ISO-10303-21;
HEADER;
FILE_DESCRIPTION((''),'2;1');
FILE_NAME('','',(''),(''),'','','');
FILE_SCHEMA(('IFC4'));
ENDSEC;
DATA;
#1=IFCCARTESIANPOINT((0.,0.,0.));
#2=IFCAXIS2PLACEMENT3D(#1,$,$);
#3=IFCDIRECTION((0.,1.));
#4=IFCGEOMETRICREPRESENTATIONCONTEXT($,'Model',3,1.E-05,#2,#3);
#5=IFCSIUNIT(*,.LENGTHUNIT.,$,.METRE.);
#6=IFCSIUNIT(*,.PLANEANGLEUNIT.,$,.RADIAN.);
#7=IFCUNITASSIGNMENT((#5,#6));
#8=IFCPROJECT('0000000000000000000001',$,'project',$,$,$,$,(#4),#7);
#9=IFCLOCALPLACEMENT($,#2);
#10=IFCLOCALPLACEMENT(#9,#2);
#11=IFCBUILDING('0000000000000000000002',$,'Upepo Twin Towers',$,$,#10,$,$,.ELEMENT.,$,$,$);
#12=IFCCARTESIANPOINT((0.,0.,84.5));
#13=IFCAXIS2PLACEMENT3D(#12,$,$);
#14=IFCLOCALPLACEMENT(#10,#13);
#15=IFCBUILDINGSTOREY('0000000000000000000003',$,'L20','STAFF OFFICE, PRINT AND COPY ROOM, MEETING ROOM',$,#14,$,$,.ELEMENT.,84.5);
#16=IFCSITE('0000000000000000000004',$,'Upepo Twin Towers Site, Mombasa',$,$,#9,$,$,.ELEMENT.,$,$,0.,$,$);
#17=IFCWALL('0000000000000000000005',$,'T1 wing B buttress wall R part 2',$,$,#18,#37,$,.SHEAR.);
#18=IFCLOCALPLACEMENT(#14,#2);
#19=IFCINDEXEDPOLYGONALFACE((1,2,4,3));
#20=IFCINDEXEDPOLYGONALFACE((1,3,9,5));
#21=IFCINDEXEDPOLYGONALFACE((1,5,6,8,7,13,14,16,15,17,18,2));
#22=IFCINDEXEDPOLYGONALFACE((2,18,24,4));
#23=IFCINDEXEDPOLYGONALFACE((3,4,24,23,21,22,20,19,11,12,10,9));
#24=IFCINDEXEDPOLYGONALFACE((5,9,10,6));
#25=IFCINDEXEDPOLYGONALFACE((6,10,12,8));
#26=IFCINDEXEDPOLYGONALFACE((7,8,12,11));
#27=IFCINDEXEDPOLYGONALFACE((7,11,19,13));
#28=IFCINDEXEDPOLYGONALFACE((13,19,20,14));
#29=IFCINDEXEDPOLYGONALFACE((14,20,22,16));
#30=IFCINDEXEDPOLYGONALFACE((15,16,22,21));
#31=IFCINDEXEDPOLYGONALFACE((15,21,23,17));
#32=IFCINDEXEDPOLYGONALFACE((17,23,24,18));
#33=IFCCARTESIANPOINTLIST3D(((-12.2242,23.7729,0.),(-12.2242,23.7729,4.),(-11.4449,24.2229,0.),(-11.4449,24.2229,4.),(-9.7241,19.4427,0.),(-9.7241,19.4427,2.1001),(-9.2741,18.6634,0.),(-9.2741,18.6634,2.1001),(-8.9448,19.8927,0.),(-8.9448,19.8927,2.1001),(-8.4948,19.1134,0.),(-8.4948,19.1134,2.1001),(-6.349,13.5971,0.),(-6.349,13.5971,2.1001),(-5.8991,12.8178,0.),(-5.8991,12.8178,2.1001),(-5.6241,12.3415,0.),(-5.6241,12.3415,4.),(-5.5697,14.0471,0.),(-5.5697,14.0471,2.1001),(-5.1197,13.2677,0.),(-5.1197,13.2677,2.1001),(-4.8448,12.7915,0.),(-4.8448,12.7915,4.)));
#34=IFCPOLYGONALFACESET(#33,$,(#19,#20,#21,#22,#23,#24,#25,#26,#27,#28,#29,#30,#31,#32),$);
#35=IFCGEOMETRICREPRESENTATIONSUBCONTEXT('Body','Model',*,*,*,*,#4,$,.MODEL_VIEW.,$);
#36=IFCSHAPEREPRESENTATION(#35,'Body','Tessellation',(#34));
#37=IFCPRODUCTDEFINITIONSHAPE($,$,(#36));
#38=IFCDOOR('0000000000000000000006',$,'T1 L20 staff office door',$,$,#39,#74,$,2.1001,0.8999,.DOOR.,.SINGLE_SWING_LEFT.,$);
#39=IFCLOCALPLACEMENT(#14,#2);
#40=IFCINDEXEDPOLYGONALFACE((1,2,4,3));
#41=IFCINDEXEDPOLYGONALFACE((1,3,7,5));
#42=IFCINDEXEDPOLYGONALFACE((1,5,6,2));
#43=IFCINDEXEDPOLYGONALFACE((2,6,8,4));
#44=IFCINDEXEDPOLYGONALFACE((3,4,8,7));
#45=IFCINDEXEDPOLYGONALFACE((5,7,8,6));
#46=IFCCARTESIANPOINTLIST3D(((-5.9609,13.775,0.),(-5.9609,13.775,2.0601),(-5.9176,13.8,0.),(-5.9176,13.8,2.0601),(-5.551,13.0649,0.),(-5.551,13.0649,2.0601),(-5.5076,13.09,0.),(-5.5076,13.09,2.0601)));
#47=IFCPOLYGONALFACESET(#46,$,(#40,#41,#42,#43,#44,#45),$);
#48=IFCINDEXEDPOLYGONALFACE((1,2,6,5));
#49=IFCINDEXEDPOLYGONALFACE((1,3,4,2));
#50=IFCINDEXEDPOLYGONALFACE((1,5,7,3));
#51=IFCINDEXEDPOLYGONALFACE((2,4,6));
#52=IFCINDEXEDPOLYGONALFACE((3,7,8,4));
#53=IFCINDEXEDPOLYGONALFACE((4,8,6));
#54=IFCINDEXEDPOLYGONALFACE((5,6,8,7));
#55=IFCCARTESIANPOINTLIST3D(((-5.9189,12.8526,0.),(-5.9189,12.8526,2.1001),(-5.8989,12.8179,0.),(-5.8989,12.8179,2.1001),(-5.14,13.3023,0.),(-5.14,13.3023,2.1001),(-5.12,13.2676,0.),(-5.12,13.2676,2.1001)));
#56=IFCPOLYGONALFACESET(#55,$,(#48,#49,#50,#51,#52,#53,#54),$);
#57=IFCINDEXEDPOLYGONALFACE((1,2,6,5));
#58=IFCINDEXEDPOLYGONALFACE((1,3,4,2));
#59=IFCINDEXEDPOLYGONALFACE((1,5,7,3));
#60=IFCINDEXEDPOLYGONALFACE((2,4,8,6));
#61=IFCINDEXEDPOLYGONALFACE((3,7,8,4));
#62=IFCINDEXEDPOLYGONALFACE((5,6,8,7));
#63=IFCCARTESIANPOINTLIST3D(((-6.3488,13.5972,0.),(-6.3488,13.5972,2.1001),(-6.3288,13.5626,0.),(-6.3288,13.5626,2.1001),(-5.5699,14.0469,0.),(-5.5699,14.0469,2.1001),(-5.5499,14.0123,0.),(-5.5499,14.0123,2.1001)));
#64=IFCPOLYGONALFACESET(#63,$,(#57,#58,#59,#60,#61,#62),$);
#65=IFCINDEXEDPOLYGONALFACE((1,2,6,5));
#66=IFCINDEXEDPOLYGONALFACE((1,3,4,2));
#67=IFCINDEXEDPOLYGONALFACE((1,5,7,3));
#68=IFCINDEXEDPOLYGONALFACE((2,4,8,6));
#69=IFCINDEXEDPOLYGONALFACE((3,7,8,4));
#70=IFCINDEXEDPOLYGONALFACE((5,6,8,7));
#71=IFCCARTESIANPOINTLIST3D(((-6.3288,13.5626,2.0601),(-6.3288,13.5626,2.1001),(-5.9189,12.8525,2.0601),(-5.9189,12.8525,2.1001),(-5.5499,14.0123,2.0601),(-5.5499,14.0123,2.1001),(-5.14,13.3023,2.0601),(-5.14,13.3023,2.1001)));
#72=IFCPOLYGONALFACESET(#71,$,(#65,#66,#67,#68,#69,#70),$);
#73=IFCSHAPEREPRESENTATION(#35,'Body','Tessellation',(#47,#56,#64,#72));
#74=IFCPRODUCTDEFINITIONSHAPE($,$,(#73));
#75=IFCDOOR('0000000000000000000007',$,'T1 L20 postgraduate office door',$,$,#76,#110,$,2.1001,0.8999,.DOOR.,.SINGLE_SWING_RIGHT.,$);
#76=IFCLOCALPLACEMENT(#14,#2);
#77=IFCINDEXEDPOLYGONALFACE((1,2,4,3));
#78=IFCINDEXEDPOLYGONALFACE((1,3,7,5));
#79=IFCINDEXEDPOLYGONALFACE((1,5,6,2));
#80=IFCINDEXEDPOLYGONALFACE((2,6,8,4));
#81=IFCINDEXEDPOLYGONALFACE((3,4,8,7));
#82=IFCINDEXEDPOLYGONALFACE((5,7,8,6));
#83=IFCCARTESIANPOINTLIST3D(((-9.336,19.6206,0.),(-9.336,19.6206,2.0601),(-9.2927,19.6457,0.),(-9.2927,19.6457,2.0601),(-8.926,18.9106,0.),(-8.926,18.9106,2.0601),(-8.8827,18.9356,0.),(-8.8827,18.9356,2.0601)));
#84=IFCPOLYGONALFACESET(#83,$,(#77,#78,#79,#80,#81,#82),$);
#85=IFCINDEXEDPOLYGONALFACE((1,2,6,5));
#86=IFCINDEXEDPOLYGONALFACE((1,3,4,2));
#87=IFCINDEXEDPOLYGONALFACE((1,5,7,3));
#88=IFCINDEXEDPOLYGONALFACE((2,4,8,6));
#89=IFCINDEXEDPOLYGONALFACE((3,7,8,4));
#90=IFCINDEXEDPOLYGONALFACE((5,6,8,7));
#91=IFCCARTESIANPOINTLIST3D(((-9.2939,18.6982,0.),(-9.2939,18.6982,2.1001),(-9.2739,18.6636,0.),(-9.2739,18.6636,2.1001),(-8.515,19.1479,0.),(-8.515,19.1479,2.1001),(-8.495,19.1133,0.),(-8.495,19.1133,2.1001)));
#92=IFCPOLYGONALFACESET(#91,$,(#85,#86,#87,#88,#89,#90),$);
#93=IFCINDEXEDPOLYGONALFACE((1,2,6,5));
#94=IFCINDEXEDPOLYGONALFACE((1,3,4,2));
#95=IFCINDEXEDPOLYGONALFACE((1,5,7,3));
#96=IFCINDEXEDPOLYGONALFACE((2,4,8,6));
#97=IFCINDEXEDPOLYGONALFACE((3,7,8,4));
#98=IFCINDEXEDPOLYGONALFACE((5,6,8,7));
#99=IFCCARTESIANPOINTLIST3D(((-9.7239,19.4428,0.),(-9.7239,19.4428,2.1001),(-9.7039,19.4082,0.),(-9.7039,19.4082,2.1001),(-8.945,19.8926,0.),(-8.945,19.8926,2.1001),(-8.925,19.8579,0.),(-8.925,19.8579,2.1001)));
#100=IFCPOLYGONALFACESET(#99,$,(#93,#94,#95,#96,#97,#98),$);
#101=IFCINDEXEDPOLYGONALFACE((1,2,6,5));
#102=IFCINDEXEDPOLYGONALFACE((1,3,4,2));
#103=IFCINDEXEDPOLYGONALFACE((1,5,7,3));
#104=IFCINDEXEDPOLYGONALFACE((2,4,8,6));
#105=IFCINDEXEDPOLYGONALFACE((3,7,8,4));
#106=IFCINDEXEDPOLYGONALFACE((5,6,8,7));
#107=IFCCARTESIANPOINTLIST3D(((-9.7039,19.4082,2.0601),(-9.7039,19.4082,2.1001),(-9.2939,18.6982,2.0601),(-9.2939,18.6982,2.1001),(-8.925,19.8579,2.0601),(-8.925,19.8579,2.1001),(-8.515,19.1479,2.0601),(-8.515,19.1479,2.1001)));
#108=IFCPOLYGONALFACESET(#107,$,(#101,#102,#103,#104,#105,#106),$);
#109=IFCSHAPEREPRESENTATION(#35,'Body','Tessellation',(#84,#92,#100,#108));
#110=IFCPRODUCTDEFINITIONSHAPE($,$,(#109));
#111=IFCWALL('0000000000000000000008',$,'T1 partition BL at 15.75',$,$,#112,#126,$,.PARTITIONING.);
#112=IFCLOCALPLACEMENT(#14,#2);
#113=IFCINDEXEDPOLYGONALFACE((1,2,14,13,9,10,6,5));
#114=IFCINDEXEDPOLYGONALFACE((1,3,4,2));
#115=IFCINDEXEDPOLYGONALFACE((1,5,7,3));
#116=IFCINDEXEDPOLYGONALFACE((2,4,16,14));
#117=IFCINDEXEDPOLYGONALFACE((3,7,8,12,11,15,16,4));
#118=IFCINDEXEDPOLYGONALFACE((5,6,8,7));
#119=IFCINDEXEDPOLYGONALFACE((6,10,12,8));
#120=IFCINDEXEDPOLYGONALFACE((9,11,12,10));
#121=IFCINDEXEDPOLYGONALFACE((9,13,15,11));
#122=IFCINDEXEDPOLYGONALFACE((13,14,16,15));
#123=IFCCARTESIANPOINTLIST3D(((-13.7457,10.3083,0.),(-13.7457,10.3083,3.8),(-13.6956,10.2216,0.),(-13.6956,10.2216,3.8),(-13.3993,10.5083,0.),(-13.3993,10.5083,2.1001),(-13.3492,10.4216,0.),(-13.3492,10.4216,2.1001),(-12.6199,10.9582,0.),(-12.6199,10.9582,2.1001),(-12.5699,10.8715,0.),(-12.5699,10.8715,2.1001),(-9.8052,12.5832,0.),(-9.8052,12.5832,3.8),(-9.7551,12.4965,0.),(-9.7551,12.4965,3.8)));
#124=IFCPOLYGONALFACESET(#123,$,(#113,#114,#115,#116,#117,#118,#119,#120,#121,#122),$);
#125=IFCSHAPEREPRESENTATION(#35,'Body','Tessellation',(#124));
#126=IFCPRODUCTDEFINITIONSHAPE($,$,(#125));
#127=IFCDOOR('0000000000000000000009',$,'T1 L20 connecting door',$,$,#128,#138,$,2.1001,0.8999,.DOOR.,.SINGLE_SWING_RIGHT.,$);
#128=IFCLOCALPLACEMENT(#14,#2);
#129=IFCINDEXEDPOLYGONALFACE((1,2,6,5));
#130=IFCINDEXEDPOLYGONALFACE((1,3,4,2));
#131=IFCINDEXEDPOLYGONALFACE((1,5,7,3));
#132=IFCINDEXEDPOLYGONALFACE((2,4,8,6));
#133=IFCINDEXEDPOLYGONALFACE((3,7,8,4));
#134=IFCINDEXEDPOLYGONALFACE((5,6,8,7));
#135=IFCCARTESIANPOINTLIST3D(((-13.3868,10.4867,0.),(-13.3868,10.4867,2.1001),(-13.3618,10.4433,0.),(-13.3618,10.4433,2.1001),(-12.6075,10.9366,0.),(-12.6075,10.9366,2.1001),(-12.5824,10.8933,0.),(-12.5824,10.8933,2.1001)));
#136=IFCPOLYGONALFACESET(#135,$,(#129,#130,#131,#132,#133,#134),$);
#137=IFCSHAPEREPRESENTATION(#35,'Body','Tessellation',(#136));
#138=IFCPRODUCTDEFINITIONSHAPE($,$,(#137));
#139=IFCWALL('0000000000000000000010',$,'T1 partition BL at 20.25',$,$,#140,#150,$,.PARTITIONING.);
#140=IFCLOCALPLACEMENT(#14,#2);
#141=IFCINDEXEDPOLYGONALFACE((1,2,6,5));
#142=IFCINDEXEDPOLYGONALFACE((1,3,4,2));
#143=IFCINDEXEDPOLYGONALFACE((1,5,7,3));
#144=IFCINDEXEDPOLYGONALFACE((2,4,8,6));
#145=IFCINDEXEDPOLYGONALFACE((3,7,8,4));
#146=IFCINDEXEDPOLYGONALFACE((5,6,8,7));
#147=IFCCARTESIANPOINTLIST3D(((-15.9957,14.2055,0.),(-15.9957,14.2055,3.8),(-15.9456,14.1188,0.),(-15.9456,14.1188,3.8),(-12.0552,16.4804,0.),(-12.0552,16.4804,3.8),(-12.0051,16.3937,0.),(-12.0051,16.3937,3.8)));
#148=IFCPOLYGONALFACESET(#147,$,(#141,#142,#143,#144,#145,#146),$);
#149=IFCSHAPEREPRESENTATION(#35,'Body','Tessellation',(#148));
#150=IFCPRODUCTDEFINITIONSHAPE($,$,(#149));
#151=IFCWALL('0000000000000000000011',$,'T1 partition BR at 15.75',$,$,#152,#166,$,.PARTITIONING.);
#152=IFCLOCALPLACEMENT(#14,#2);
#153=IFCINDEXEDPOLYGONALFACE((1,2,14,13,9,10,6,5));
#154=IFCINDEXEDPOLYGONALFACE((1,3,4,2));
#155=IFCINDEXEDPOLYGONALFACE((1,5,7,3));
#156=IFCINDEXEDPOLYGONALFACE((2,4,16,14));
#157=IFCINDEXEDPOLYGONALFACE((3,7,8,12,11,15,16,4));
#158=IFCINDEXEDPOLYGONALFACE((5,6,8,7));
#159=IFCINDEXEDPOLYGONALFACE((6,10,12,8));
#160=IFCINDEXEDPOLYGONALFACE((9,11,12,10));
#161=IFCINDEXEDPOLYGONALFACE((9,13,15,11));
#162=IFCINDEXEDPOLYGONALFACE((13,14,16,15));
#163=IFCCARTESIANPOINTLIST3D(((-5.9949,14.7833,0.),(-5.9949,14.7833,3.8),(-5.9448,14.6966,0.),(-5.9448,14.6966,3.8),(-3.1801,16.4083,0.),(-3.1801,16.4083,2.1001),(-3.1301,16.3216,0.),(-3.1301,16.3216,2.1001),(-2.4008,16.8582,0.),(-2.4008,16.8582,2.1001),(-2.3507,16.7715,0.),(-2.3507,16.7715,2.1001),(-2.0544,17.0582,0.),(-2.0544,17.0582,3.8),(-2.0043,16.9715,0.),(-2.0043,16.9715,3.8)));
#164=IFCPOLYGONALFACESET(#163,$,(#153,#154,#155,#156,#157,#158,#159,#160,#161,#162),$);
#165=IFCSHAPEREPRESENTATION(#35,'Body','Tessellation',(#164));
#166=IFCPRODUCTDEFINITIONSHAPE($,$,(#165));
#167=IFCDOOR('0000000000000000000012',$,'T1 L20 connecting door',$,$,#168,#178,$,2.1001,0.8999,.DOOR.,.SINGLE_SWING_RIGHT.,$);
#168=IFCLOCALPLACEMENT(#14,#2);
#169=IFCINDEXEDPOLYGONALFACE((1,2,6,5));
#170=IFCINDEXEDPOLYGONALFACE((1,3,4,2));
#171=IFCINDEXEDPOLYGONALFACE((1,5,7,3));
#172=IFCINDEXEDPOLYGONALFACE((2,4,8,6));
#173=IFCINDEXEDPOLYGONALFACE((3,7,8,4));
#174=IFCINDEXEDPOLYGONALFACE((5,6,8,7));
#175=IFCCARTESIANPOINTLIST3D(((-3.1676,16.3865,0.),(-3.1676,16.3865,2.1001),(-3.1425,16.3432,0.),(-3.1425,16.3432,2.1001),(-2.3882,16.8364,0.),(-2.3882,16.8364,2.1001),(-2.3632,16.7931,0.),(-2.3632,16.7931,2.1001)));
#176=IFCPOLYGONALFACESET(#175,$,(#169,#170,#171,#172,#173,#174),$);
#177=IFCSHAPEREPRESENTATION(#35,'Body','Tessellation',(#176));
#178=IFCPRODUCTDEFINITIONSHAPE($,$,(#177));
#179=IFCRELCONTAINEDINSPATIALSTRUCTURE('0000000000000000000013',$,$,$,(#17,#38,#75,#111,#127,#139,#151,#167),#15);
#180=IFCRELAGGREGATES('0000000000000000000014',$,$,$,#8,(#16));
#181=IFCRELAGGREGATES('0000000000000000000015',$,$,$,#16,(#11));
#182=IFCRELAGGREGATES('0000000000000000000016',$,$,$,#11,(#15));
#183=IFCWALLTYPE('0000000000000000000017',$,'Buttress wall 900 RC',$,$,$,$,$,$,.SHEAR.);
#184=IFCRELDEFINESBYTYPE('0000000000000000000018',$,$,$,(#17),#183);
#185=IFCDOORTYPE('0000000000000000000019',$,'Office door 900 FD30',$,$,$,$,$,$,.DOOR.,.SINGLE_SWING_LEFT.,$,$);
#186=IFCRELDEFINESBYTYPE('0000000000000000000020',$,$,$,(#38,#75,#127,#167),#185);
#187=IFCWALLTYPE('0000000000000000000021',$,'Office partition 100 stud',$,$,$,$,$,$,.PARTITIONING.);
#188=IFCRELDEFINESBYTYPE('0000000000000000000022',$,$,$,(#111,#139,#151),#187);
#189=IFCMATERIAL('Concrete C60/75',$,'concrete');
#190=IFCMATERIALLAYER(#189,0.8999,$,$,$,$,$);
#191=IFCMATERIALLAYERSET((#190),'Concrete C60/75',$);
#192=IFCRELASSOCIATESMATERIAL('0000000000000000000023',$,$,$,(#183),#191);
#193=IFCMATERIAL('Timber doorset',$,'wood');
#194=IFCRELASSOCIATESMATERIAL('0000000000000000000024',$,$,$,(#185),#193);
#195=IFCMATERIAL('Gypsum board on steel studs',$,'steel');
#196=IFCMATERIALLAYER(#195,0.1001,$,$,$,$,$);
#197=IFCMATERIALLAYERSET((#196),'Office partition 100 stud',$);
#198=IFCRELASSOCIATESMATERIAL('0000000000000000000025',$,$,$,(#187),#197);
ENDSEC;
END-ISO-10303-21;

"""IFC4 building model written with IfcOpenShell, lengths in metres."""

from ifc_helpers import new_model, si_unit, direction, frame, frame_2d, origin, place, context, subcontext, project, spatial, rectangle, extrude, material, layer, layer_set, type_object, element, fill, save


model = new_model("IFC4")

# Units and contexts
model_context = context("Model", 3, precision=1e-05, world=origin(), true_north=direction((0.0, 1.0)))
body_context = subcontext(model_context, "Body", "Model", "MODEL_VIEW")
ifc_project = project(units=[si_unit("LENGTHUNIT", "METRE"), si_unit("PLANEANGLEUNIT", "RADIAN")], contexts=[model_context])

# Site, building, storey
site_placement = place(None, origin())
site = spatial("IfcSite", under=ifc_project, at=site_placement, Name="Upepo Twin Towers Site, Mombasa", CompositionType="ELEMENT", RefElevation=0.0)
building_placement = place(site_placement, origin())
building = spatial("IfcBuilding", under=site, at=building_placement, Name="Upepo Twin Towers", CompositionType="ELEMENT")
storey_placement = place(building_placement, frame((0.0, 0.0, 84.5)))
storey = spatial("IfcBuildingStorey", under=building, at=storey_placement, Name="L20", Description="STAFF OFFICE, PRINT AND COPY ROOM, MEETING ROOM", CompositionType="ELEMENT", Elevation=84.5)

# Wall, openings, doors
ifc_material_1 = material(Name="Concrete C60/75", Category="concrete")
ifc_layer_1 = layer(ifc_material_1, 0.8999)
ifc_layer_set_1 = layer_set([ifc_layer_1], Name="Concrete C60/75")
wall_type_1 = type_object("IfcWallType", Name="Buttress wall 900 RC", PredefinedType="SHEAR", material=ifc_layer_set_1)
ifc_material_2 = material(Name="Timber doorset", Category="wood")
door_type = type_object("IfcDoorType", Name="Office door 900 FD30", OperationType="SINGLE_SWING_LEFT", PredefinedType="DOOR", material=ifc_material_2)
wall_1_placement = place(storey_placement, frame((-5.2344, 12.5664, 0.0), z_axis=(0.0, 0.0, 1.0), x_axis=(-0.50001, 0.86602, 0.0)))
wall_1 = element("IfcWall", 1, at=wall_1_placement, inside=storey, type_object=wall_type_1, Name="T1 wing B buttress wall R part 2", PredefinedType="SHEAR", context=body_context, shape_type="SweptSolid", body=[
    extrude(rectangle(XDim=13.2, YDim=0.8999, at=frame_2d((6.6001, 0.0))), origin(), (0.0, 0.0, 1.0), 4.0),
])
opening_1_placement = place(wall_1_placement, frame((0.55, 0.0, 0.0)))
opening_1 = element("IfcOpeningElement", 2, at=opening_1_placement, cuts=wall_1, PredefinedType="OPENING", context=body_context, shape_type="SweptSolid", body=[
    extrude(rectangle(XDim=0.8999, YDim=2.1001, at=frame_2d((0.45, 1.05))), frame((0.0, 0.46, 0.0), z_axis=(0.0, -1.0, 0.0), x_axis=(1.0, 0.0, 0.0)), (0.0, 0.0, 1.0), 0.9199),
])
opening_2_placement = place(wall_1_placement, frame((7.3, 0.0, 0.0)))
opening_2 = element("IfcOpeningElement", 3, at=opening_2_placement, cuts=wall_1, PredefinedType="OPENING", context=body_context, shape_type="SweptSolid", body=[
    extrude(rectangle(XDim=0.8999, YDim=2.1001, at=frame_2d((0.45, 1.05))), frame((0.0, 0.46, 0.0), z_axis=(0.0, -1.0, 0.0), x_axis=(1.0, 0.0, 0.0)), (0.0, 0.0, 1.0), 0.9199),
])
door_1_placement = place(opening_1_placement, origin())
door_1 = element("IfcDoor", 4, at=door_1_placement, inside=storey, type_object=door_type, Name="T1 L20 staff office door", OperationType="SINGLE_SWING_LEFT", OverallHeight=2.1001, OverallWidth=0.8999, PredefinedType="DOOR", context=body_context, shape_type="SweptSolid", body=[
    extrude(rectangle(XDim=0.8199, YDim=2.0601, at=frame_2d((0.45, 1.03))), frame((0.0, 0.0249, 0.0), z_axis=(0.0, -1.0, 0.0), x_axis=(1.0, 0.0, 0.0)), (0.0, 0.0, 1.0), 0.05),
    extrude(rectangle(XDim=0.04, YDim=2.1001, at=frame_2d((0.02, 1.05))), frame((0.0, 0.4497, 0.0), z_axis=(0.0, -1.0, 0.0), x_axis=(1.0, 0.0, 0.0)), (0.0, 0.0, 1.0), 0.8994),
    extrude(rectangle(XDim=0.04, YDim=2.1001, at=frame_2d((0.8799, 1.05))), frame((0.0, 0.4497, 0.0), z_axis=(0.0, -1.0, 0.0), x_axis=(1.0, 0.0, 0.0)), (0.0, 0.0, 1.0), 0.8994),
    extrude(rectangle(XDim=0.8199, YDim=0.04, at=frame_2d((0.45, 2.0801))), frame((0.0, 0.4497, 0.0), z_axis=(0.0, -1.0, 0.0), x_axis=(1.0, 0.0, 0.0)), (0.0, 0.0, 1.0), 0.8994),
])
fill(opening_1, door_1)
door_2_placement = place(opening_2_placement, origin())
door_2 = element("IfcDoor", 5, at=door_2_placement, inside=storey, type_object=door_type, Name="T1 L20 postgraduate office door", OperationType="SINGLE_SWING_RIGHT", OverallHeight=2.1001, OverallWidth=0.8999, PredefinedType="DOOR", context=body_context, shape_type="SweptSolid", body=[
    extrude(rectangle(XDim=0.8199, YDim=2.0601, at=frame_2d((0.45, 1.03))), frame((0.0, 0.0249, 0.0), z_axis=(0.0, -1.0, 0.0), x_axis=(1.0, 0.0, 0.0)), (0.0, 0.0, 1.0), 0.05),
    extrude(rectangle(XDim=0.04, YDim=2.1001, at=frame_2d((0.02, 1.05))), frame((0.0, 0.4497, 0.0), z_axis=(0.0, -1.0, 0.0), x_axis=(1.0, 0.0, 0.0)), (0.0, 0.0, 1.0), 0.8994),
    extrude(rectangle(XDim=0.04, YDim=2.1001, at=frame_2d((0.8799, 1.05))), frame((0.0, 0.4497, 0.0), z_axis=(0.0, -1.0, 0.0), x_axis=(1.0, 0.0, 0.0)), (0.0, 0.0, 1.0), 0.8994),
    extrude(rectangle(XDim=0.8199, YDim=0.04, at=frame_2d((0.45, 2.0801))), frame((0.0, 0.4497, 0.0), z_axis=(0.0, -1.0, 0.0), x_axis=(1.0, 0.0, 0.0)), (0.0, 0.0, 1.0), 0.8994),
])
fill(opening_2, door_2)

# Wall, opening, door
ifc_material_3 = material(Name="Gypsum board on steel studs", Category="steel")
ifc_layer_2 = layer(ifc_material_3, 0.1001)
ifc_layer_set_2 = layer_set([ifc_layer_2], Name="Office partition 100 stud")
wall_type_2 = type_object("IfcWallType", Name="Office partition 100 stud", PredefinedType="PARTITIONING", material=ifc_layer_set_2)
wall_2_placement = place(storey_placement, frame((-9.7803, 12.5398, 0.0), z_axis=(0.0, 0.0, 1.0), x_axis=(-0.866035, -0.499983, 0.0)))
wall_2 = element("IfcWall", 6, at=wall_2_placement, inside=storey, type_object=wall_type_2, Name="T1 partition BL at 15.75", PredefinedType="PARTITIONING", context=body_context, shape_type="SweptSolid", body=[
    extrude(rectangle(XDim=4.55, YDim=0.1001, at=frame_2d((2.2749, 0.0))), origin(), (0.0, 0.0, 1.0), 3.8),
])
opening_3_placement = place(wall_2_placement, frame((3.25, 0.0, 0.0)))
opening_3 = element("IfcOpeningElement", 7, at=opening_3_placement, cuts=wall_2, PredefinedType="OPENING", context=body_context, shape_type="SweptSolid", body=[
    extrude(rectangle(XDim=0.8999, YDim=2.1001, at=frame_2d((0.45, 1.05))), frame((0.0, 0.0601, 0.0), z_axis=(0.0, -1.0, 0.0), x_axis=(1.0, 0.0, 0.0)), (0.0, 0.0, 1.0), 0.1201),
])
door_3_placement = place(opening_3_placement, origin())
door_3 = element("IfcDoor", 8, at=door_3_placement, inside=storey, type_object=door_type, Name="T1 L20 connecting door", OperationType="SINGLE_SWING_RIGHT", OverallHeight=2.1001, OverallWidth=0.8999, PredefinedType="DOOR", context=body_context, shape_type="SweptSolid", body=[
    extrude(rectangle(XDim=0.8999, YDim=2.1001, at=frame_2d((0.45, 1.05))), frame((0.0, 0.0249, 0.0), z_axis=(0.0, -1.0, 0.0), x_axis=(1.0, 0.0, 0.0)), (0.0, 0.0, 1.0), 0.05),
])
fill(opening_3, door_3)

# Wall
wall_3_placement = place(storey_placement, frame((-12.0303, 16.437, 0.0), z_axis=(0.0, 0.0, 1.0), x_axis=(-0.866035, -0.499983, 0.0)))
element("IfcWall", 9, at=wall_3_placement, inside=storey, type_object=wall_type_2, Name="T1 partition BL at 20.25", PredefinedType="PARTITIONING", context=body_context, shape_type="SweptSolid", body=[
    extrude(rectangle(XDim=4.55, YDim=0.1001, at=frame_2d((2.2749, 0.0))), origin(), (0.0, 0.0, 1.0), 3.8),
])

# Wall, opening, door
wall_4_placement = place(storey_placement, frame((-5.9697, 14.74, 0.0), z_axis=(0.0, 0.0, 1.0), x_axis=(0.866035, 0.499983, 0.0)))
wall_4 = element("IfcWall", 10, at=wall_4_placement, inside=storey, type_object=wall_type_2, Name="T1 partition BR at 15.75", PredefinedType="PARTITIONING", context=body_context, shape_type="SweptSolid", body=[
    extrude(rectangle(XDim=4.55, YDim=0.1001, at=frame_2d((2.2749, 0.0))), origin(), (0.0, 0.0, 1.0), 3.8),
])
opening_4_placement = place(wall_4_placement, frame((3.25, 0.0, 0.0)))
opening_4 = element("IfcOpeningElement", 11, at=opening_4_placement, cuts=wall_4, PredefinedType="OPENING", context=body_context, shape_type="SweptSolid", body=[
    extrude(rectangle(XDim=0.8999, YDim=2.1001, at=frame_2d((0.45, 1.05))), frame((0.0, 0.0601, 0.0), z_axis=(0.0, -1.0, 0.0), x_axis=(1.0, 0.0, 0.0)), (0.0, 0.0, 1.0), 0.1201),
])
door_4_placement = place(opening_4_placement, origin())
door_4 = element("IfcDoor", 12, at=door_4_placement, inside=storey, type_object=door_type, Name="T1 L20 connecting door", OperationType="SINGLE_SWING_RIGHT", OverallHeight=2.1001, OverallWidth=0.8999, PredefinedType="DOOR", context=body_context, shape_type="SweptSolid", body=[
    extrude(rectangle(XDim=0.8999, YDim=2.1001, at=frame_2d((0.45, 1.05))), frame((0.0, 0.0249, 0.0), z_axis=(0.0, -1.0, 0.0), x_axis=(1.0, 0.0, 0.0)), (0.0, 0.0, 1.0), 0.05),
])
fill(opening_4, door_4)

save(model, "model.ifc")
